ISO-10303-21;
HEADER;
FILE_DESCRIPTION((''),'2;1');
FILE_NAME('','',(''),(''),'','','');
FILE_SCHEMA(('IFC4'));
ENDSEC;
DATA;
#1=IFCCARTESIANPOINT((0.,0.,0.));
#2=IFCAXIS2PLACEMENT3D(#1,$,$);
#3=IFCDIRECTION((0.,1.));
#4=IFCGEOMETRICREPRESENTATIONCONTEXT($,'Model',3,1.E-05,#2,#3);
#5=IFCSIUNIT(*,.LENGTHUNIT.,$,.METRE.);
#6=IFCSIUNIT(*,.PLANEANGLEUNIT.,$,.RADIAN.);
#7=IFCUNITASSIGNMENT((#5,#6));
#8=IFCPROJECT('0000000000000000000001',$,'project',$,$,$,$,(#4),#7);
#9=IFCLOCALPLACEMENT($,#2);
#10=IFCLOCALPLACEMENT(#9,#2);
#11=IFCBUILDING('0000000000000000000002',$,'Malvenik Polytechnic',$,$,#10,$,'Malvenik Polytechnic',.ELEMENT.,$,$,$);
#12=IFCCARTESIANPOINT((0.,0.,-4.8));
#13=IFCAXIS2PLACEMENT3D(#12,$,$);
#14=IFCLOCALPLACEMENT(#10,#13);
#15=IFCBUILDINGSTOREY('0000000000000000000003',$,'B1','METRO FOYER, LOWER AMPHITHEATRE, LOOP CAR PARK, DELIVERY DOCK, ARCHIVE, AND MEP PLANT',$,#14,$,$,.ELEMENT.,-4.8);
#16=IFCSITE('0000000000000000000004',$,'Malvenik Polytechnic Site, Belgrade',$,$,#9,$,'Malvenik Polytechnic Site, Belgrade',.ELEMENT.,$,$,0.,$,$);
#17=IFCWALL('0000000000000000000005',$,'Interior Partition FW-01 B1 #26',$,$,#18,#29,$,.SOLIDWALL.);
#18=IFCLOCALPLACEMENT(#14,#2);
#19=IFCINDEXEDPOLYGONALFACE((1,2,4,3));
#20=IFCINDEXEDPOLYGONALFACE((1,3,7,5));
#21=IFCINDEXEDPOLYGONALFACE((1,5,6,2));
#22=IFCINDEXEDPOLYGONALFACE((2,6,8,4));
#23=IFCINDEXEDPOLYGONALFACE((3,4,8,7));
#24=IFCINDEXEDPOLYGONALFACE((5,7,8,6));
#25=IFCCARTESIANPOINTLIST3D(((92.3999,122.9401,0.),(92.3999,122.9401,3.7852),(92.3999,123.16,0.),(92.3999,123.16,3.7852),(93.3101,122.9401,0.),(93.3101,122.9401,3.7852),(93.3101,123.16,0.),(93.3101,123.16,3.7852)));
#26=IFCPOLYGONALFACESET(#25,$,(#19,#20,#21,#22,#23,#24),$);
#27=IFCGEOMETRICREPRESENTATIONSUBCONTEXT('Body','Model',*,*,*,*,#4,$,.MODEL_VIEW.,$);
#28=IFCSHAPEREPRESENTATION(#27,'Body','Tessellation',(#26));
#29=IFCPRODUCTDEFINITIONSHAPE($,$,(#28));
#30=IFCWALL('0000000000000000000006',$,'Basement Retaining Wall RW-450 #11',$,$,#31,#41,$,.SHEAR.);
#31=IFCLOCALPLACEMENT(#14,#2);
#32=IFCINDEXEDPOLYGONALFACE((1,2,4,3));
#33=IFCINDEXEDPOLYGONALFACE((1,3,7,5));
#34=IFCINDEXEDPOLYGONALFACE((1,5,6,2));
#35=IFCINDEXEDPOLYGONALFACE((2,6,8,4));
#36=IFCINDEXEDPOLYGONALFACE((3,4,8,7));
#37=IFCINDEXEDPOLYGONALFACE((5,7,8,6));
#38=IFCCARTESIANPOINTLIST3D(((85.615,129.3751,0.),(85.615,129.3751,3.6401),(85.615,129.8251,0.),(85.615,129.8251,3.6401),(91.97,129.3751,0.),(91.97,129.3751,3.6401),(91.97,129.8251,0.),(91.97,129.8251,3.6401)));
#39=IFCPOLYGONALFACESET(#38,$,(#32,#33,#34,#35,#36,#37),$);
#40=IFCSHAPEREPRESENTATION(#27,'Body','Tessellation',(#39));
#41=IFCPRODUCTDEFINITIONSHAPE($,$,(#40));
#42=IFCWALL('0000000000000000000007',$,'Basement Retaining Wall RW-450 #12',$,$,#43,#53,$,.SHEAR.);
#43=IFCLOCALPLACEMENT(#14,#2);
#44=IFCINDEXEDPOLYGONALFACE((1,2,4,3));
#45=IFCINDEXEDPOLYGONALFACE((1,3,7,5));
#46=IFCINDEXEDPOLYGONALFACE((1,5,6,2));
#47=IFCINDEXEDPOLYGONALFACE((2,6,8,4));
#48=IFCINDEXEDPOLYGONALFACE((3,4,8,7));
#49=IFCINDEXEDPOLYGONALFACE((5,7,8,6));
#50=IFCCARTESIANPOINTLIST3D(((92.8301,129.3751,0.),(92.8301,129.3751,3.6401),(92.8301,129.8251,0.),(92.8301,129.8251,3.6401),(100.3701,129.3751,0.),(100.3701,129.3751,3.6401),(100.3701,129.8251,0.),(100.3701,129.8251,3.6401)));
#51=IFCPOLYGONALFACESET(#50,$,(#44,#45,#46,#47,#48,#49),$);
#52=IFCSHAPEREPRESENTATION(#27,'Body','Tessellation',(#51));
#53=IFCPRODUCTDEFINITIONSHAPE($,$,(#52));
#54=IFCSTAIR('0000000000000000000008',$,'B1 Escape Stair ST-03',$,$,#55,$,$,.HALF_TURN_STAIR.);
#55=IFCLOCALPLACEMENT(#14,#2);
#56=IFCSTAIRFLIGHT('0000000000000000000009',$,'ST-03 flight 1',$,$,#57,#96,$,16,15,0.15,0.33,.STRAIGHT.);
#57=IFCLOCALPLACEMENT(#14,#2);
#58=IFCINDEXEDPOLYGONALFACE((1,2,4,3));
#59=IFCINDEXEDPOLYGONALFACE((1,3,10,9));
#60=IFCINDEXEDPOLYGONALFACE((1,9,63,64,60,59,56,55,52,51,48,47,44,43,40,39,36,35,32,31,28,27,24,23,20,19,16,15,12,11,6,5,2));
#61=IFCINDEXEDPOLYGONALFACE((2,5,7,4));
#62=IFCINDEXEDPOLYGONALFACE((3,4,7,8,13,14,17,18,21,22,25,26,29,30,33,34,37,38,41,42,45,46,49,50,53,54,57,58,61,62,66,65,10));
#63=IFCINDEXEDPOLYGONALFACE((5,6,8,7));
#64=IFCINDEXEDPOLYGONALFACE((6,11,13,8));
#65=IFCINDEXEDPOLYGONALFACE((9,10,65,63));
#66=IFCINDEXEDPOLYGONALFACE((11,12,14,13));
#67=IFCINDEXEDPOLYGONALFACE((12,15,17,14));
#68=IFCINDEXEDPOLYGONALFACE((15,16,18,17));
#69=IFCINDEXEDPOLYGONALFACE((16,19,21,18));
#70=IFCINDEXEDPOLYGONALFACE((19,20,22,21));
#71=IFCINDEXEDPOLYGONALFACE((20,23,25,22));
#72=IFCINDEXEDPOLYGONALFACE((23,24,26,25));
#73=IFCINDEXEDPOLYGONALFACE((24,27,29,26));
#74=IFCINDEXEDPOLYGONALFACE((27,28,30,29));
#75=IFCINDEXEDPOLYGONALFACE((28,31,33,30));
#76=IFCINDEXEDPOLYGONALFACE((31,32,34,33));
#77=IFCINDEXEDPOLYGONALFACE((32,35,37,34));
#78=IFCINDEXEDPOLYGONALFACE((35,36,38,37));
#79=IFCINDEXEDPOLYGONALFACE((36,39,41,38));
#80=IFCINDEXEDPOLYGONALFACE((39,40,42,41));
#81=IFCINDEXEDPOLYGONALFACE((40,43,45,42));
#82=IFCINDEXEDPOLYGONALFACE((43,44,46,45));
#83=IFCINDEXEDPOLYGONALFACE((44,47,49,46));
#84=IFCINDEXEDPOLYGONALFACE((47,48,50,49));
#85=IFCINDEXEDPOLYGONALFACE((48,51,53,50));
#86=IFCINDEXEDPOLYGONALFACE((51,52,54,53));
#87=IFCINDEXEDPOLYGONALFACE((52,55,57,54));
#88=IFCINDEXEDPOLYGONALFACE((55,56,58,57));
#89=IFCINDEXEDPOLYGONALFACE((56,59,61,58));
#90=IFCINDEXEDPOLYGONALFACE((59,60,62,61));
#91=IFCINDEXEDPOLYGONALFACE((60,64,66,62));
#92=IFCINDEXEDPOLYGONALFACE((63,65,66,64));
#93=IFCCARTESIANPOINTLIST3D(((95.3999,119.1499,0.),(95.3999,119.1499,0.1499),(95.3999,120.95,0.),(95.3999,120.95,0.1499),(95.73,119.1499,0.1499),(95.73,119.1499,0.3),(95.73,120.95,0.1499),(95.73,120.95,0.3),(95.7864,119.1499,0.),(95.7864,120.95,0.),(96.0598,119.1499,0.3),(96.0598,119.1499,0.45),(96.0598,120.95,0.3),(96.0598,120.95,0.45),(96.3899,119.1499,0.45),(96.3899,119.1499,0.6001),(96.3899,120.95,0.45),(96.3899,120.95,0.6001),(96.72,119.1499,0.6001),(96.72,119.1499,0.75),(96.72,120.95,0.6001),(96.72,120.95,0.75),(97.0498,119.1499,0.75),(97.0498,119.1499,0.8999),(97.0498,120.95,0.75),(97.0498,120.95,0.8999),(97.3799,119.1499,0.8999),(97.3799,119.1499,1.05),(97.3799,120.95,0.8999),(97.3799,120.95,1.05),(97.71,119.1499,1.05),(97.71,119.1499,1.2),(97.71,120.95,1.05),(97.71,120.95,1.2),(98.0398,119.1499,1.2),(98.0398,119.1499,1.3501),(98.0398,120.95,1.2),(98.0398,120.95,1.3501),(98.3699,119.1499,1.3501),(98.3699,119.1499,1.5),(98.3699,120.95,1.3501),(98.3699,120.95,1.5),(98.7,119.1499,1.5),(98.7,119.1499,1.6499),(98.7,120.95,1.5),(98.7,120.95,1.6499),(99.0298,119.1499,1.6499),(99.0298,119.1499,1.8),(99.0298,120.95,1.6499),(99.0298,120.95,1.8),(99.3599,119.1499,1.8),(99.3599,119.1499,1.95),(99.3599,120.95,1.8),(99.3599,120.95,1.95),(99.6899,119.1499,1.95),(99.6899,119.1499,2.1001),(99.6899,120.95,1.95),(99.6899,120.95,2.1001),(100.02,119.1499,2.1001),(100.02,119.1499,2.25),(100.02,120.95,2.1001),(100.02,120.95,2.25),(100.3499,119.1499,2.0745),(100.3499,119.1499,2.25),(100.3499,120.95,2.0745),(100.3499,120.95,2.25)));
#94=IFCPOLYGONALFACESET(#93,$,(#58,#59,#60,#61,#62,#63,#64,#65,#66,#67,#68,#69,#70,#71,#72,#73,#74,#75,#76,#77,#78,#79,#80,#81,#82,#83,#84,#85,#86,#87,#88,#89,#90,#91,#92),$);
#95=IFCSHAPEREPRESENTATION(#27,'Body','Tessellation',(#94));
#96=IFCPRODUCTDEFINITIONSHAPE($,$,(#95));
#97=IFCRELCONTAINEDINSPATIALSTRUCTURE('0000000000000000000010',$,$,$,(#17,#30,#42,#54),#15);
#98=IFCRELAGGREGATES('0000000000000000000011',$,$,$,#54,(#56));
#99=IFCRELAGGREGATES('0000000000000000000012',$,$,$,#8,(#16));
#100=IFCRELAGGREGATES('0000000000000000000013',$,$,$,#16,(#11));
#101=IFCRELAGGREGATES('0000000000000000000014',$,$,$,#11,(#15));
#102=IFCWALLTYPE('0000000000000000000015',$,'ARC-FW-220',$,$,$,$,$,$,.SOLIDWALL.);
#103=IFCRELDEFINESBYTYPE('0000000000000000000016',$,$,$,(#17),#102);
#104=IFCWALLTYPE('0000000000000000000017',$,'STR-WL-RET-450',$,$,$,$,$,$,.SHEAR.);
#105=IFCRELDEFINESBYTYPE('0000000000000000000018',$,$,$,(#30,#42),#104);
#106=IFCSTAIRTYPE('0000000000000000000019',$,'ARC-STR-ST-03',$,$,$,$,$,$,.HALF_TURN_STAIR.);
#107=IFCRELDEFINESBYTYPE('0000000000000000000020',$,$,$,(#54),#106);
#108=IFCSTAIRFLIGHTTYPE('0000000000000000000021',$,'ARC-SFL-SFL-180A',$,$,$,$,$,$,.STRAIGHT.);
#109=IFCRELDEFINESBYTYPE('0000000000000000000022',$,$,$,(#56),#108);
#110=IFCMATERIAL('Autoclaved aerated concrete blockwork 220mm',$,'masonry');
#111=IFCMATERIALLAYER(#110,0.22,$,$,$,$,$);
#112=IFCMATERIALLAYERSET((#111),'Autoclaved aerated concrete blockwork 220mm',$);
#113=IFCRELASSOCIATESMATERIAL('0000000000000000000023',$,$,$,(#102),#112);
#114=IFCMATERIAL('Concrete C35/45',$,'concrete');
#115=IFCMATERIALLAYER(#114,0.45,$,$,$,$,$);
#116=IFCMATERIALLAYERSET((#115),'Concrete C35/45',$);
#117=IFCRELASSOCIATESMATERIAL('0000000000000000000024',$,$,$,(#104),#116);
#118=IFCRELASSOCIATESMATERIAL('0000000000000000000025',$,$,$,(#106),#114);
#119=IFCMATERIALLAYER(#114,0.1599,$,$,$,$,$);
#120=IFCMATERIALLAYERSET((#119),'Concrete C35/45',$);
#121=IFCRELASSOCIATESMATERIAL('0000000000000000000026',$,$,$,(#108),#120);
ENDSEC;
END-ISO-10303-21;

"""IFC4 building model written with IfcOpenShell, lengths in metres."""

from ifc_helpers import new_model, si_unit, direction, frame, frame_2d, origin, place, context, subcontext, project, spatial, polyline, rectangle, outline, extrude, material, layer, layer_set, type_object, element, aggregate, save


model = new_model("IFC4")

# Units and contexts
model_context = context("Model", 3, precision=1e-05, world=origin(), true_north=direction((0.0, 1.0)))
body_context = subcontext(model_context, "Body", "Model", "MODEL_VIEW")
ifc_project = project(units=[si_unit("LENGTHUNIT", "METRE"), si_unit("PLANEANGLEUNIT", "RADIAN")], contexts=[model_context])

# Site, building, storey
site_placement = place(None, origin())
site = spatial("IfcSite", under=ifc_project, at=site_placement, Name="Malvenik Polytechnic Site, Belgrade", LongName="Malvenik Polytechnic Site, Belgrade", CompositionType="ELEMENT", RefElevation=0.0)
building_placement = place(site_placement, origin())
building = spatial("IfcBuilding", under=site, at=building_placement, Name="Malvenik Polytechnic", LongName="Malvenik Polytechnic", CompositionType="ELEMENT")
storey_placement = place(building_placement, frame((0.0, 0.0, -4.8)))
storey = spatial("IfcBuildingStorey", under=building, at=storey_placement, Name="B1", Description="METRO FOYER, LOWER AMPHITHEATRE, LOOP CAR PARK, DELIVERY DOCK, ARCHIVE, AND MEP PLANT", CompositionType="ELEMENT", Elevation=-4.8)

# Shared definitions
ifc_material_1 = material(Name="Concrete C35/45", Category="concrete")

# Shared definitions
ifc_material_2 = material(Name="Autoclaved aerated concrete blockwork 220mm", Category="masonry")
ifc_layer_1 = layer(ifc_material_2, 0.22)
ifc_layer_set_1 = layer_set([ifc_layer_1], Name="Autoclaved aerated concrete blockwork 220mm")
wall_type_1 = type_object("IfcWallType", Name="ARC-FW-220", PredefinedType="SOLIDWALL", material=ifc_layer_set_1)

# Walls
wall_1_placement = place(storey_placement, frame((93.3101, 123.05, 0.0), z_axis=(0.0, 0.0, 1.0), x_axis=(-1.0, 0.0, 0.0)))
element("IfcWall", 1, at=wall_1_placement, inside=storey, type_object=wall_type_1, Name="Interior Partition FW-01 B1 #26", PredefinedType="SOLIDWALL", context=body_context, shape_type="SweptSolid", body=[
    extrude(rectangle(XDim=0.9102, YDim=0.22, at=frame_2d((0.4551, 0.0))), origin(), (0.0, 0.0, 1.0), 3.7852),
])
ifc_layer_2 = layer(ifc_material_1, 0.45)
ifc_layer_set_2 = layer_set([ifc_layer_2], Name="Concrete C35/45")
wall_type_2 = type_object("IfcWallType", Name="STR-WL-RET-450", PredefinedType="SHEAR", material=ifc_layer_set_2)
wall_2_placement = place(storey_placement, frame((85.615, 129.6001, 0.0), z_axis=(0.0, 0.0, 1.0), x_axis=(1.0, 0.0, 0.0)))
element("IfcWall", 2, at=wall_2_placement, inside=storey, type_object=wall_type_2, Name="Basement Retaining Wall RW-450 #11", PredefinedType="SHEAR", context=body_context, shape_type="SweptSolid", body=[
    extrude(rectangle(XDim=6.355, YDim=0.45, at=frame_2d((3.1775, 0.0))), origin(), (0.0, 0.0, 1.0), 3.6401),
])
wall_3_placement = place(storey_placement, frame((92.8301, 129.6001, 0.0), z_axis=(0.0, 0.0, 1.0), x_axis=(1.0, 0.0, 0.0)))
element("IfcWall", 3, at=wall_3_placement, inside=storey, type_object=wall_type_2, Name="Basement Retaining Wall RW-450 #12", PredefinedType="SHEAR", context=body_context, shape_type="SweptSolid", body=[
    extrude(rectangle(XDim=7.54, YDim=0.45, at=frame_2d((3.77, 0.0))), origin(), (0.0, 0.0, 1.0), 3.6401),
])

# Stair, stair flight
stair_type = type_object("IfcStairType", Name="ARC-STR-ST-03", PredefinedType="HALF_TURN_STAIR", material=ifc_material_1)
stair_placement = place(storey_placement, origin())
stair = element("IfcStair", 4, at=stair_placement, inside=storey, type_object=stair_type, Name="B1 Escape Stair ST-03", PredefinedType="HALF_TURN_STAIR")
ifc_layer_3 = layer(ifc_material_1, 0.1599)
ifc_layer_set_3 = layer_set([ifc_layer_3], Name="Concrete C35/45")
stair_flight_type = type_object("IfcStairFlightType", Name="ARC-SFL-SFL-180A", PredefinedType="STRAIGHT", material=ifc_layer_set_3)
stair_flight_placement = place(storey_placement, frame((95.3999, 120.05, 0.0), z_axis=(0.0, 0.0, 1.0), x_axis=(1.0, 0.0, 0.0)))
stair_flight = element("IfcStairFlight", 5, at=stair_flight_placement, type_object=stair_flight_type, Name="ST-03 flight 1", NumberOfRisers=16, NumberOfTreads=15, PredefinedType="STRAIGHT", RiserHeight=0.15, TreadLength=0.33, context=body_context, shape_type="SweptSolid", body=[
    extrude(outline(polyline([(0.0, 0.0), (0.0, 0.1499), (0.3301, 0.1499), (0.3301, 0.3), (0.6599, 0.3), (0.6599, 0.45), (0.99, 0.45), (0.99, 0.6001), (1.3201, 0.6001), (1.3201, 0.75), (1.6499, 0.75), (1.6499, 0.8999), (1.98, 0.8999), (1.98, 1.05), (2.3101, 1.05), (2.3101, 1.2), (2.6399, 1.2), (2.6399, 1.3501), (2.97, 1.3501), (2.97, 1.5), (3.3, 1.5), (3.3, 1.6499), (3.6299, 1.6499), (3.6299, 1.8), (3.96, 1.8), (3.96, 1.95), (4.29, 1.95), (4.29, 2.1001), (4.6201, 2.1001), (4.6201, 2.25), (4.95, 2.25), (4.95, 2.3999), (4.95, 2.0745), (0.3865, 0.0), (0.0, 0.0)])), frame((0.0, 0.8999, 0.0), z_axis=(0.0, -1.0, 0.0), x_axis=(1.0, 0.0, 0.0)), (0.0, 0.0, 1.0), 1.8),
])
aggregate(stair, [stair_flight])

save(model, "model.ifc")
